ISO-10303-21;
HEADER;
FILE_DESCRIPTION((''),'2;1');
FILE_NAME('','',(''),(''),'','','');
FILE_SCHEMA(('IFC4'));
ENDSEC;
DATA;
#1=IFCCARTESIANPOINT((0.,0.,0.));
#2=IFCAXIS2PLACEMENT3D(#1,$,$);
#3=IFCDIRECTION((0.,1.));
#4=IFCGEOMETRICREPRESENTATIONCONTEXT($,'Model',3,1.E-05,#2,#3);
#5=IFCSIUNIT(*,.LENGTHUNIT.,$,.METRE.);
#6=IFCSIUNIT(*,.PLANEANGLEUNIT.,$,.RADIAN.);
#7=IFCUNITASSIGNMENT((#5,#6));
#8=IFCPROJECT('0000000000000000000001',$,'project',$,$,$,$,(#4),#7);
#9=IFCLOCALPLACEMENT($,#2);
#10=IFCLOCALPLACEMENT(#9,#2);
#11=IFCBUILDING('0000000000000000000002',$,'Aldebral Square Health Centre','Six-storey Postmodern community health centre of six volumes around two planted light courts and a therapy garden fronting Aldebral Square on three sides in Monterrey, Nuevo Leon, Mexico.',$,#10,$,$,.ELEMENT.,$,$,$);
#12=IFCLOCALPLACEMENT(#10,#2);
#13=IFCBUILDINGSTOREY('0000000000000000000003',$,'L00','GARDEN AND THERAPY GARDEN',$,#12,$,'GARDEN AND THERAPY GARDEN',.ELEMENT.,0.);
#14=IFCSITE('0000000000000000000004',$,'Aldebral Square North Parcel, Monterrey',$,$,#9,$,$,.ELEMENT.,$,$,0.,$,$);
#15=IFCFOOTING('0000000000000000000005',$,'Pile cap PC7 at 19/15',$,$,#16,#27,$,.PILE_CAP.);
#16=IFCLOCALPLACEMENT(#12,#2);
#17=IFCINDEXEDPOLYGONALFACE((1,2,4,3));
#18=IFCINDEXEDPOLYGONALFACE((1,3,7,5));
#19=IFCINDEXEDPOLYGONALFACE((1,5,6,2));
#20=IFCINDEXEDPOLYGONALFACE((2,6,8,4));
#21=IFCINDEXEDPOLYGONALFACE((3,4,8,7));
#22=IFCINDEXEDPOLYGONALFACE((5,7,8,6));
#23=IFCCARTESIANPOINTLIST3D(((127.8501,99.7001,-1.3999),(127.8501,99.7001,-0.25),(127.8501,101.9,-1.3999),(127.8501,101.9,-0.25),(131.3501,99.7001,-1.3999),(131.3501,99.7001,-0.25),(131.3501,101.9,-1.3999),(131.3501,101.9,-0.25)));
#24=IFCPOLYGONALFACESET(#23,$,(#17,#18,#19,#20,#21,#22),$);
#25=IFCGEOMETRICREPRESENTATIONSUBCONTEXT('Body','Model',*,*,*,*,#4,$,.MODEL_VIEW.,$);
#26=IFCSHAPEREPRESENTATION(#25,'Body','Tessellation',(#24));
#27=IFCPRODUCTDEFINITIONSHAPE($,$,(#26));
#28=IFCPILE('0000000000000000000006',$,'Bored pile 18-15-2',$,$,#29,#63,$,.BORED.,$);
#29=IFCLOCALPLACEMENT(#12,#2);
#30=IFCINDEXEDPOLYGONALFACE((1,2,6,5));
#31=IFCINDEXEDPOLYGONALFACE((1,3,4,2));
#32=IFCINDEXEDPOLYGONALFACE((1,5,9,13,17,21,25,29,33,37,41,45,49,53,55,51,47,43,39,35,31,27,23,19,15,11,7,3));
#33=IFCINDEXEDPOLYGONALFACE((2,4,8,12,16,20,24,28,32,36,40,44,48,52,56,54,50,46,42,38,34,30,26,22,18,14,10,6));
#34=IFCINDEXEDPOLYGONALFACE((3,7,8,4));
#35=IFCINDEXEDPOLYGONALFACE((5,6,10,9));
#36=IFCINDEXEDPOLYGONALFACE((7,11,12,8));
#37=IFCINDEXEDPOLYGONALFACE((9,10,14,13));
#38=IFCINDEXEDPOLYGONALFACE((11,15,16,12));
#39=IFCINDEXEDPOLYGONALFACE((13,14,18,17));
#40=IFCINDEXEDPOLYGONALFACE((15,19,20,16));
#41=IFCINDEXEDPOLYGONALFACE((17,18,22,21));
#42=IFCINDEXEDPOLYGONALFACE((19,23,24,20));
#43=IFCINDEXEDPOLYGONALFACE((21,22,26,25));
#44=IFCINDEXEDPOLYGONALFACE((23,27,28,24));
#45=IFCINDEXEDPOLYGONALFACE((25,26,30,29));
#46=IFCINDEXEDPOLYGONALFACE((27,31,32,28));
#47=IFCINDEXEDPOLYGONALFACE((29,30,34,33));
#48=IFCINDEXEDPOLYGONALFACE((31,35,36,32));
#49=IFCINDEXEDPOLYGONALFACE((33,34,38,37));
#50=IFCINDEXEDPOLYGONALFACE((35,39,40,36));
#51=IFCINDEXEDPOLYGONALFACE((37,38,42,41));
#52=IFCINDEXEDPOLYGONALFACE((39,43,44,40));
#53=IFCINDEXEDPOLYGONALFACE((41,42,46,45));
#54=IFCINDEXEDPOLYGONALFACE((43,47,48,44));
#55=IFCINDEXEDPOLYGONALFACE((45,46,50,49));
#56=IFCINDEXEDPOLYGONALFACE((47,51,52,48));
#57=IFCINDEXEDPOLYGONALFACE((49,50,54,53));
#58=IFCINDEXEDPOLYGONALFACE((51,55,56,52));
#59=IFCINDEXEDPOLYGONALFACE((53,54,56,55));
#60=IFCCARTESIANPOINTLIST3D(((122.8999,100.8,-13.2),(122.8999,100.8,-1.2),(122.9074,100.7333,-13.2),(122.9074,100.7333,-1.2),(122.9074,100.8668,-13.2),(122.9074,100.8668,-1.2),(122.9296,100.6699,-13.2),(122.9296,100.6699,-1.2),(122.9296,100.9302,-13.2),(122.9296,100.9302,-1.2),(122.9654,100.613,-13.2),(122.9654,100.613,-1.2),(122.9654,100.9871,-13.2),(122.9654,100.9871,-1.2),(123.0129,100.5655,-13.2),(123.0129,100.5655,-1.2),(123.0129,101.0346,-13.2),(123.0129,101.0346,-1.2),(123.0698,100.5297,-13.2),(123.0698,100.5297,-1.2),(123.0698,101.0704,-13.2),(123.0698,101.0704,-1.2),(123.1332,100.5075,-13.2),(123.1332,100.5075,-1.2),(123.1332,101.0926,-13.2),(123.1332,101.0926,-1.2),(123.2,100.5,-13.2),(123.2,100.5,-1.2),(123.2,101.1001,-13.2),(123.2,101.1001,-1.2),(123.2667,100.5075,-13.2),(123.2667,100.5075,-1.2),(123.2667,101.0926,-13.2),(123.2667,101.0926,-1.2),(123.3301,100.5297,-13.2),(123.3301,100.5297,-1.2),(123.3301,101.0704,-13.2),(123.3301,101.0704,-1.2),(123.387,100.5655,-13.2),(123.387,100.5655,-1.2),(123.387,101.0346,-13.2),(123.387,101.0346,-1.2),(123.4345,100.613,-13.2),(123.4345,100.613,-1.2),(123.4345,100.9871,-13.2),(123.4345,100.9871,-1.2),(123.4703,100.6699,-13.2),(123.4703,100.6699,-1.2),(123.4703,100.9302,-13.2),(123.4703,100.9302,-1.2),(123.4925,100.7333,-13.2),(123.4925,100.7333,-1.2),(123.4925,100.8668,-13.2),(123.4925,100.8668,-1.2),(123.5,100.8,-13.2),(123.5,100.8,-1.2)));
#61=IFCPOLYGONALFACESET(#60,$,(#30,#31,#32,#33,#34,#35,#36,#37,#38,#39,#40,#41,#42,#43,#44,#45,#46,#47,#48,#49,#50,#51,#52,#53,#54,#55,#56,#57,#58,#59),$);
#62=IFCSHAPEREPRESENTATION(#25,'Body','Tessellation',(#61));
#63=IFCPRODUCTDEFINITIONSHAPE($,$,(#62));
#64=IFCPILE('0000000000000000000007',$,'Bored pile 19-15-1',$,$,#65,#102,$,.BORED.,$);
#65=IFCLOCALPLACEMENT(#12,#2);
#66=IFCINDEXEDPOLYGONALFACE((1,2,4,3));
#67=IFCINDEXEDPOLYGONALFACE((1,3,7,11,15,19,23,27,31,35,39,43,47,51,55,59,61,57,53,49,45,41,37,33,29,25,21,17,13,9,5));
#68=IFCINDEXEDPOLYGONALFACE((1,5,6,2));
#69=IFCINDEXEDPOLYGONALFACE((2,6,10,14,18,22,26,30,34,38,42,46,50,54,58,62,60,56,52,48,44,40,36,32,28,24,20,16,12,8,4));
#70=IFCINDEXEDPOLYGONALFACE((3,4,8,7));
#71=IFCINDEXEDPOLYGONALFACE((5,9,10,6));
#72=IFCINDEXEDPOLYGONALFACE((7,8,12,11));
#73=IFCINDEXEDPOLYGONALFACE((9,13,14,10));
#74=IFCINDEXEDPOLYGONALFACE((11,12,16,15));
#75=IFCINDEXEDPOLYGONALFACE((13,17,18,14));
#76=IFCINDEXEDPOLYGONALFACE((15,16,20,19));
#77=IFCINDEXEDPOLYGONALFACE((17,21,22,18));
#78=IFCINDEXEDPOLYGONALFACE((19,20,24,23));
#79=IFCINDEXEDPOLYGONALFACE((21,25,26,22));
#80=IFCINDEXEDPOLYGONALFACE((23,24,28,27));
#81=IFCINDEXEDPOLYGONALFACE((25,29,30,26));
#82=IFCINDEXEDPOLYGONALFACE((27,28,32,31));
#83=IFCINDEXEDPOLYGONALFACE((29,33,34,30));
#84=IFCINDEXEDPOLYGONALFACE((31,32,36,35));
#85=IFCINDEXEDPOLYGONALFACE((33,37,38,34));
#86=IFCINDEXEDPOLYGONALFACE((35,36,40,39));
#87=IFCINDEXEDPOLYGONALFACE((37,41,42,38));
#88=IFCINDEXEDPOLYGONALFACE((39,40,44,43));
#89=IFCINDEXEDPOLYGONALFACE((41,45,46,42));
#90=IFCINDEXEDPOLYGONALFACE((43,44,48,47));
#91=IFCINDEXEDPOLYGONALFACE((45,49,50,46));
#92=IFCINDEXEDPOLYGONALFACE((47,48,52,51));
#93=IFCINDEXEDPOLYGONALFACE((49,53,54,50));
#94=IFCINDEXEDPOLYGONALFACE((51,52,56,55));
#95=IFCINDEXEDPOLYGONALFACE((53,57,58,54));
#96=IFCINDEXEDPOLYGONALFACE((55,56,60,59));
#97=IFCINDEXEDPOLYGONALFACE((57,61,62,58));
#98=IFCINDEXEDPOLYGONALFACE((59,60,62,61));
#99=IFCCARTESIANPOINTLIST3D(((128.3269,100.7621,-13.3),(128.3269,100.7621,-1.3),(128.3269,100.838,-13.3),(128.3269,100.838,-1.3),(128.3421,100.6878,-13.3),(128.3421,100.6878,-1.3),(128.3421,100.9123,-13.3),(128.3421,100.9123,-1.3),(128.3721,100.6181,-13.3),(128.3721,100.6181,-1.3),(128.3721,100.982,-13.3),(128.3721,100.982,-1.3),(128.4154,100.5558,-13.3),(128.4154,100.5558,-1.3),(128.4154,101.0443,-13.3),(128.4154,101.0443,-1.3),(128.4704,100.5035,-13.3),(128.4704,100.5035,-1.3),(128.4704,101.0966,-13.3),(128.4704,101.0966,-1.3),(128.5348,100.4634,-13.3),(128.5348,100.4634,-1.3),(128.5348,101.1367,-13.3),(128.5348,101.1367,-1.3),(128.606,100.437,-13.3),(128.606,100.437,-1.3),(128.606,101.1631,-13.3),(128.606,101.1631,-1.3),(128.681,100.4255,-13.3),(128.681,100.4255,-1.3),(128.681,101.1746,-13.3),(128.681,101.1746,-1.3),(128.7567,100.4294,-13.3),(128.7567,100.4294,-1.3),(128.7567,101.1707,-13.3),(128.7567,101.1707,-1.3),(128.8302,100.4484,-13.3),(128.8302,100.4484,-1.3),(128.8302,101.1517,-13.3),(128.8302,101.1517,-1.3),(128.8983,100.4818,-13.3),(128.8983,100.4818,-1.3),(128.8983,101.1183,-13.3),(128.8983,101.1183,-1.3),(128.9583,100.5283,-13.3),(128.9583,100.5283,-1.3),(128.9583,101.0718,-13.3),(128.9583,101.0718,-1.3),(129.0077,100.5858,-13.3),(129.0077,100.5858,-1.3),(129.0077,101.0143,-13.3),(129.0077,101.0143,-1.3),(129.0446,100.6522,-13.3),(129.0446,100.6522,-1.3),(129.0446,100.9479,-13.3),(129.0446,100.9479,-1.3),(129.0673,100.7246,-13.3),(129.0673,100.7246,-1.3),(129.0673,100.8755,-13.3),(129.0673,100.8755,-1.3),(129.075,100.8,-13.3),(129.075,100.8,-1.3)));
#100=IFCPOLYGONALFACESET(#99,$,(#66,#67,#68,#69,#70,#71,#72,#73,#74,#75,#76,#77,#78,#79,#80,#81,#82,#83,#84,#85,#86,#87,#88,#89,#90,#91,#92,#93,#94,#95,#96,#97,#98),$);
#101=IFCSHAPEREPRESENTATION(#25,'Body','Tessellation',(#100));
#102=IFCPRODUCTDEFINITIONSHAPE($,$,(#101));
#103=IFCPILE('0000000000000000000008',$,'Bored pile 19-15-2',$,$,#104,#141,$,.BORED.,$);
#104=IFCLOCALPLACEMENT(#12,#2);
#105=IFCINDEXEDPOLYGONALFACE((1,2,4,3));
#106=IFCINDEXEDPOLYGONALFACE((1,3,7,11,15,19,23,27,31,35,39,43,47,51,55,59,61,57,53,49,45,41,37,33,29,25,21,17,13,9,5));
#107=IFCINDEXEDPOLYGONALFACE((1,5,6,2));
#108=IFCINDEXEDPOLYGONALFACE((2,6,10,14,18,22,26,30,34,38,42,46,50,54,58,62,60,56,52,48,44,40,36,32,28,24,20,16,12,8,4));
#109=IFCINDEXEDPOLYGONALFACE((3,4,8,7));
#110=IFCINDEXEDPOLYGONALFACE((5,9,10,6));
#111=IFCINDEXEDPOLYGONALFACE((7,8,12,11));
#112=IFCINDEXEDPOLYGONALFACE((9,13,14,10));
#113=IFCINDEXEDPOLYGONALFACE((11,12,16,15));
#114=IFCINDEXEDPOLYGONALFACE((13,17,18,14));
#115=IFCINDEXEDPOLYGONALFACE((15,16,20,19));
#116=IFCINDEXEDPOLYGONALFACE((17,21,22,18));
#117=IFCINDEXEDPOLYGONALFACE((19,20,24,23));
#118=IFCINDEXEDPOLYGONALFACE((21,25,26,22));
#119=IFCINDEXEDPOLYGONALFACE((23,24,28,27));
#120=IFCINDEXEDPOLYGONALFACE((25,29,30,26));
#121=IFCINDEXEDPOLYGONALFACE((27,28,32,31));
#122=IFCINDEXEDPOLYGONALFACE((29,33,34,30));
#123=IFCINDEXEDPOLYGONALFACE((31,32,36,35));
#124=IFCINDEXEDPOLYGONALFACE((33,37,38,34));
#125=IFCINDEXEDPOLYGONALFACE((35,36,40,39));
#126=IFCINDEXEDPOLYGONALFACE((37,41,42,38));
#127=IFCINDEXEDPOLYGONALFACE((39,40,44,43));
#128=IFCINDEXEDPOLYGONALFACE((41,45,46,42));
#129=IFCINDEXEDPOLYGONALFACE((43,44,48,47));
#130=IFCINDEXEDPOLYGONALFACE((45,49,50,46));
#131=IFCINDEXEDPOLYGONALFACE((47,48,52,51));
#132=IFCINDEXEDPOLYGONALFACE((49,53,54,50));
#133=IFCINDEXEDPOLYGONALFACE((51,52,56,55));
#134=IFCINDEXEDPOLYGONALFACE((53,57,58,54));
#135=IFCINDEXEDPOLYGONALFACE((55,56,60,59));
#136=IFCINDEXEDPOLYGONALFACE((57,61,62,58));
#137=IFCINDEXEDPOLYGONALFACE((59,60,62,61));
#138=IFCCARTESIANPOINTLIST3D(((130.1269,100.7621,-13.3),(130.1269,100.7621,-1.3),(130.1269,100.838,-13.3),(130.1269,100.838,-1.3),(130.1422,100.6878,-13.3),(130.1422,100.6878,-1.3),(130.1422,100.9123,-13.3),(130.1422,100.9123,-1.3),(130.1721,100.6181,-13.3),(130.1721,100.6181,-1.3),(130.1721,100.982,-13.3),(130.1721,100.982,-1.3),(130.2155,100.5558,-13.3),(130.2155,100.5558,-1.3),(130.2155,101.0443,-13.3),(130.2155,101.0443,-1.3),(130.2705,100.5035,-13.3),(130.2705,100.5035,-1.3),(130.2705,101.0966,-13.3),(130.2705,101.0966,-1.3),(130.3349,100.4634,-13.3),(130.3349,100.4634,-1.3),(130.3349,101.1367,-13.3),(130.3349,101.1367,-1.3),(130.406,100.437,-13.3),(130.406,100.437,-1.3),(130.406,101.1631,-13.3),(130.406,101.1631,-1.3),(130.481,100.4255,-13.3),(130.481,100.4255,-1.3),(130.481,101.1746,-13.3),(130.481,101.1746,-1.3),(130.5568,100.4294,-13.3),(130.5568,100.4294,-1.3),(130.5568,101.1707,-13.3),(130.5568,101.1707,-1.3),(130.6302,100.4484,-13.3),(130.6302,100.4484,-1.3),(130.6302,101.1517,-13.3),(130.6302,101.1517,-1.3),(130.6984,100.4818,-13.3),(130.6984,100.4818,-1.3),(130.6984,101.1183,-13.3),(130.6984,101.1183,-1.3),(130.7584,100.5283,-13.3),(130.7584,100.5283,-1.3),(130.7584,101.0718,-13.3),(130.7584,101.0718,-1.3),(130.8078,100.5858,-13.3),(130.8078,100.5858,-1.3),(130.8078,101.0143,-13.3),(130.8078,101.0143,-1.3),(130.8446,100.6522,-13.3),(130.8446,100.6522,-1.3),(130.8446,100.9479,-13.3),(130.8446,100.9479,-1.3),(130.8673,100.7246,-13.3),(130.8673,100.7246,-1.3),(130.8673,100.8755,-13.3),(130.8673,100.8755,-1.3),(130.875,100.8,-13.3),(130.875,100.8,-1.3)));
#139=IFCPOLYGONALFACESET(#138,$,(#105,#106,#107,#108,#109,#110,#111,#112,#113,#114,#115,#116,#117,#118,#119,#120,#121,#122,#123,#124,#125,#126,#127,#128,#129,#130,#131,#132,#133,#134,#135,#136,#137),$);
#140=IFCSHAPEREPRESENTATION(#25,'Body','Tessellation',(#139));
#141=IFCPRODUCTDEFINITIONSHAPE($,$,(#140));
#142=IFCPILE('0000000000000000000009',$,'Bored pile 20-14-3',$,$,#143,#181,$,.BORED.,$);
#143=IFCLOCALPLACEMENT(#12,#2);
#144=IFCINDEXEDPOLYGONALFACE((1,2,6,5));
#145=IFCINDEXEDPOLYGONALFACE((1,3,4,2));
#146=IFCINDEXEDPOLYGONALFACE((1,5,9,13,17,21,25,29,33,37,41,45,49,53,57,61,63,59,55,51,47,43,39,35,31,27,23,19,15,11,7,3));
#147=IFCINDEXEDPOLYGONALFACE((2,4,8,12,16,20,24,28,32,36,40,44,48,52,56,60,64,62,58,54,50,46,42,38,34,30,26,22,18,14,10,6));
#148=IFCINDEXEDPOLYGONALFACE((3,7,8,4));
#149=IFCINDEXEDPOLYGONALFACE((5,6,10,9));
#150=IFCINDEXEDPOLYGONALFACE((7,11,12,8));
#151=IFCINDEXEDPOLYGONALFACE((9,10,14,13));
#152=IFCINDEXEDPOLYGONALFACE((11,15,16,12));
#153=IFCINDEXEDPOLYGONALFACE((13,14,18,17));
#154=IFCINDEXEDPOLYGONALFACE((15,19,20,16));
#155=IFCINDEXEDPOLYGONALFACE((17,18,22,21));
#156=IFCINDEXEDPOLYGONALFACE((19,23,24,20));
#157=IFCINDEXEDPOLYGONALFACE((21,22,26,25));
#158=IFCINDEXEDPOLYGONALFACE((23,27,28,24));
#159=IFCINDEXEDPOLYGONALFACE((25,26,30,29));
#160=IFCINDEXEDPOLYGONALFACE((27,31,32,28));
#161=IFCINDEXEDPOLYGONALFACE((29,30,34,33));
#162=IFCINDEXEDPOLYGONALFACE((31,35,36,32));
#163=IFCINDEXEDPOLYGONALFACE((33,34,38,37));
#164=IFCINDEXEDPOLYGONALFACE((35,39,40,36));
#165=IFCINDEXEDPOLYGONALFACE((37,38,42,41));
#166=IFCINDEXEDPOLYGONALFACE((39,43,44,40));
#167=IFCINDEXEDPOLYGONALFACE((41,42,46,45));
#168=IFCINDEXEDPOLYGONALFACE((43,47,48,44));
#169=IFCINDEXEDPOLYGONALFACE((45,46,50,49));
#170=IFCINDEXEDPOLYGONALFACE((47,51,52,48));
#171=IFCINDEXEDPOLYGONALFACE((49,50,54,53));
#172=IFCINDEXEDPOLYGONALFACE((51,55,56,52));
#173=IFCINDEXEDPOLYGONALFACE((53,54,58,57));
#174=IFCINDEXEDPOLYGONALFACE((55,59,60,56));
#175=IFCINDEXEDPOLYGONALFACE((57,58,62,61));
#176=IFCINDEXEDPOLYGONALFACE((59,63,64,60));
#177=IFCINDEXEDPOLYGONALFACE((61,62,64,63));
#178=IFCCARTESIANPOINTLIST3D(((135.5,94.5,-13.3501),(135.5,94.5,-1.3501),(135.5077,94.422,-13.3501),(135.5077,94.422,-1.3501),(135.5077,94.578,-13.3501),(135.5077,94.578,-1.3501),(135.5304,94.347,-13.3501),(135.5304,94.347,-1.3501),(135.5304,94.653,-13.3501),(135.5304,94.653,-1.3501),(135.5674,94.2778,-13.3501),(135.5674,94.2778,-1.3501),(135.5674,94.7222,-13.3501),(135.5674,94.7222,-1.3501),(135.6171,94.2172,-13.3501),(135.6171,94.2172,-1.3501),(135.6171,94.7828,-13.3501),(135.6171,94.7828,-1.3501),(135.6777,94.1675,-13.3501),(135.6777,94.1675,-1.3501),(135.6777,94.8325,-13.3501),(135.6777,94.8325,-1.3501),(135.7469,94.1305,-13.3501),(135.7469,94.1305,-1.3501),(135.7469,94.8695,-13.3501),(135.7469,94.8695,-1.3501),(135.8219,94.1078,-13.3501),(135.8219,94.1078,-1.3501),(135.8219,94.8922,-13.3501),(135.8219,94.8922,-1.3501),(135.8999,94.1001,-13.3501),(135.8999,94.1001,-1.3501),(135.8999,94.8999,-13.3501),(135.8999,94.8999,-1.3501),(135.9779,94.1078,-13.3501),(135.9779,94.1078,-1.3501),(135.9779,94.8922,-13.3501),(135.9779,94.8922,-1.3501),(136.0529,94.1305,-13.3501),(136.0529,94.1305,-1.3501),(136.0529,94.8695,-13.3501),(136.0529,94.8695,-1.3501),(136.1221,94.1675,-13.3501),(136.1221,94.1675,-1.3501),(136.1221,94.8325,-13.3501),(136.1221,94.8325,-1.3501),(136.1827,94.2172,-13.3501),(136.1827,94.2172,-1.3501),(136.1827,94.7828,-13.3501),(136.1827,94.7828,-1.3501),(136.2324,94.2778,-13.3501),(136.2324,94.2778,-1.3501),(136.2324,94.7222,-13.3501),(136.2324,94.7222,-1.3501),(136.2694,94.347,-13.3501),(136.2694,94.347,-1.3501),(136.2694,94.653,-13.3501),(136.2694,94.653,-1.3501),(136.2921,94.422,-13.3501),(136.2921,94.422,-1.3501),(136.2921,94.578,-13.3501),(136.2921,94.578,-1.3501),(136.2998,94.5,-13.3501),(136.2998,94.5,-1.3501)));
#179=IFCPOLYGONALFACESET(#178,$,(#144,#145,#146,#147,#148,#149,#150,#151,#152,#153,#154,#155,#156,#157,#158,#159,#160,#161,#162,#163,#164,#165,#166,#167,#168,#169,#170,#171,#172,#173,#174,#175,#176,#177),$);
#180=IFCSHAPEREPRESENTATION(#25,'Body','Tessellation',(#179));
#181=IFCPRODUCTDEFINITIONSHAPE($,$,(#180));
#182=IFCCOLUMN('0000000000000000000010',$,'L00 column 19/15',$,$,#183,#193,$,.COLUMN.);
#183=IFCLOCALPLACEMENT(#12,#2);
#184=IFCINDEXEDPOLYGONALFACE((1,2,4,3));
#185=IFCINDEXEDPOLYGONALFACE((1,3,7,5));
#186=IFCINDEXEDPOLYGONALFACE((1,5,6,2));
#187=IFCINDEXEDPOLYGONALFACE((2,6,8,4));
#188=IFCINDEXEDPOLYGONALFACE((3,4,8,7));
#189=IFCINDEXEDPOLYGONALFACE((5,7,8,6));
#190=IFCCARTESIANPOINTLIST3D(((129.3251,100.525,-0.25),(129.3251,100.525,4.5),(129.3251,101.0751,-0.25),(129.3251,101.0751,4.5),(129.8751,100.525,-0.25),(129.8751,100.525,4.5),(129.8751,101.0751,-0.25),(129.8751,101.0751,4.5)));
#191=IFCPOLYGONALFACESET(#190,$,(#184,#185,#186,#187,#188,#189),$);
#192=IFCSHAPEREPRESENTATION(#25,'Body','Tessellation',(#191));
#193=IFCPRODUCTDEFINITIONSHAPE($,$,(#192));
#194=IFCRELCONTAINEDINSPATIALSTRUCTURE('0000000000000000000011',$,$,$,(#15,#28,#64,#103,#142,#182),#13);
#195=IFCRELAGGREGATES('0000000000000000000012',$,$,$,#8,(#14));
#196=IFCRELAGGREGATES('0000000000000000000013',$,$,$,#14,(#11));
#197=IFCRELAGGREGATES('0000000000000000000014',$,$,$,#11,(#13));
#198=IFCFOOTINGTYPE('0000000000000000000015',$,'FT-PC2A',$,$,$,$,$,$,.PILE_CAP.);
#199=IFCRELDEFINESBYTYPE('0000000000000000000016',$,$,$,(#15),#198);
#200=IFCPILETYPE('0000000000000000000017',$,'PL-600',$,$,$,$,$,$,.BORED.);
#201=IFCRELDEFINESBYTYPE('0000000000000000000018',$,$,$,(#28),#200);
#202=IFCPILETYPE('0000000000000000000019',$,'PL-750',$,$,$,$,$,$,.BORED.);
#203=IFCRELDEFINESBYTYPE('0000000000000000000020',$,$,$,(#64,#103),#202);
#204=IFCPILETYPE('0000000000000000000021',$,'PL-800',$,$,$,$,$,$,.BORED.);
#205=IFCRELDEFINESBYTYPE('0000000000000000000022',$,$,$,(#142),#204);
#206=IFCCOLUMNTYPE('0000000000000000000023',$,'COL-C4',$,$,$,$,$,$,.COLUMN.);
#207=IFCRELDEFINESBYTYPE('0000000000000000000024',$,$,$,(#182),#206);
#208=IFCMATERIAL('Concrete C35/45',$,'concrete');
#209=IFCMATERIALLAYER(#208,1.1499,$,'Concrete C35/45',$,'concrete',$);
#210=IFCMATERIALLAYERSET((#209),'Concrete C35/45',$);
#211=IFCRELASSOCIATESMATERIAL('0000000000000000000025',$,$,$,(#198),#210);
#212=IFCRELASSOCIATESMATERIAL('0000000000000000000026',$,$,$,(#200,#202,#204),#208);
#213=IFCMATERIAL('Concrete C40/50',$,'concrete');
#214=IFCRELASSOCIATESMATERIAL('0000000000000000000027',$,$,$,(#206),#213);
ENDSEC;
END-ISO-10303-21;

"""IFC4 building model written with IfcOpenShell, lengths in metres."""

from ifc_helpers import new_model, si_unit, direction, frame, origin, origin_2d, place, context, subcontext, project, spatial, rectangle, circle, extrude, material, layer, layer_set, material_profile, profile_set, type_object, element, save


model = new_model("IFC4")

# Units and contexts
model_context = context("Model", 3, precision=1e-05, world=origin(), true_north=direction((0.0, 1.0)))
body_context = subcontext(model_context, "Body", "Model", "MODEL_VIEW")
ifc_project = project(units=[si_unit("LENGTHUNIT", "METRE"), si_unit("PLANEANGLEUNIT", "RADIAN")], contexts=[model_context])

# Site, building, storey
site_placement = place(None, origin())
site = spatial("IfcSite", under=ifc_project, at=site_placement, Name="Aldebral Square North Parcel, Monterrey", CompositionType="ELEMENT", RefElevation=0.0)
building_placement = place(site_placement, origin())
building = spatial("IfcBuilding", under=site, at=building_placement, Name="Aldebral Square Health Centre", Description="Six-storey Postmodern community health centre of six volumes around two planted light courts and a therapy garden fronting Aldebral Square on three sides in Monterrey, Nuevo Leon, Mexico.", CompositionType="ELEMENT")
storey_placement = place(building_placement, origin())
storey = spatial("IfcBuildingStorey", under=building, at=storey_placement, Name="L00", Description="GARDEN AND THERAPY GARDEN", LongName="GARDEN AND THERAPY GARDEN", CompositionType="ELEMENT", Elevation=0.0)

# Footing
ifc_material_1 = material(Name="Concrete C35/45", Category="concrete")
ifc_layer_1 = layer(ifc_material_1, 1.1499, Name="Concrete C35/45", Category="concrete")
ifc_layer_set_1 = layer_set([ifc_layer_1], Name="Concrete C35/45")
footing_type = type_object("IfcFootingType", Name="FT-PC2A", PredefinedType="PILE_CAP", material=ifc_layer_set_1)
footing_placement = place(storey_placement, frame((129.6001, 100.8, -1.3999), z_axis=(0.0, 0.0, 1.0), x_axis=(1.0, 0.0, 0.0)))
element("IfcFooting", 1, at=footing_placement, inside=storey, type_object=footing_type, Name="Pile cap PC7 at 19/15", PredefinedType="PILE_CAP", context=body_context, shape_type="SweptSolid", body=[
    extrude(rectangle(XDim=3.5, YDim=2.2, at=origin_2d()), origin(), (0.0, 0.0, 1.0), 1.1499),
])

# Piles
ifc_material_profile_1 = material_profile(ifc_material_1, circle(Radius=0.3, at=origin_2d()), Name="PILE D600")
ifc_profile_set_1 = profile_set([ifc_material_profile_1], Name="Concrete C35/45")
pile_type_1 = type_object("IfcPileType", Name="PL-600", PredefinedType="BORED", material=ifc_profile_set_1)
pile_1_placement = place(storey_placement, frame((123.2, 100.8, -1.2), z_axis=(0.0, 0.0, -1.0), x_axis=(1.0, 0.0, 0.0)))
element("IfcPile", 2, at=pile_1_placement, inside=storey, type_object=pile_type_1, Name="Bored pile 18-15-2", PredefinedType="BORED", context=body_context, shape_type="SweptSolid", body=[
    extrude(circle(Radius=0.3, at=origin_2d()), origin(), (0.0, 0.0, 1.0), 12.0),
])
ifc_material_profile_2 = material_profile(ifc_material_1, circle(Radius=0.375, at=origin_2d()), Name="PILE D750")
ifc_profile_set_2 = profile_set([ifc_material_profile_2], Name="Concrete C35/45")
pile_type_2 = type_object("IfcPileType", Name="PL-750", PredefinedType="BORED", material=ifc_profile_set_2)
for number, where, z_axis, x_axis, name in (
    (3, (128.7, 100.8, -1.3), (0.0, 0.0, -1.0), (1.0, 0.0, 0.0), "Bored pile 19-15-1"),
    (4, (130.5, 100.8, -1.3), (0.0, 0.0, -1.0), (1.0, 0.0, 0.0), "Bored pile 19-15-2"),
):
    element("IfcPile", number, at=place(storey_placement, frame(where, z_axis=z_axis, x_axis=x_axis)), inside=storey, type_object=pile_type_2, Name=name, PredefinedType="BORED", context=body_context, shape_type="SweptSolid", body=[
        extrude(circle(Radius=0.375, at=origin_2d()), origin(), (0.0, 0.0, 1.0), 12.0),
    ])
ifc_material_profile_3 = material_profile(ifc_material_1, circle(Radius=0.3999, at=origin_2d()), Name="PILE D800")
ifc_profile_set_3 = profile_set([ifc_material_profile_3], Name="Concrete C35/45")
pile_type_3 = type_object("IfcPileType", Name="PL-800", PredefinedType="BORED", material=ifc_profile_set_3)
pile_2_placement = place(storey_placement, frame((135.8999, 94.5, -1.3501), z_axis=(0.0, 0.0, -1.0), x_axis=(1.0, 0.0, 0.0)))
element("IfcPile", 5, at=pile_2_placement, inside=storey, type_object=pile_type_3, Name="Bored pile 20-14-3", PredefinedType="BORED", context=body_context, shape_type="SweptSolid", body=[
    extrude(circle(Radius=0.3999, at=origin_2d()), origin(), (0.0, 0.0, 1.0), 12.0),
])

# Column
ifc_material_2 = material(Name="Concrete C40/50", Category="concrete")
ifc_material_profile_4 = material_profile(ifc_material_2, rectangle(XDim=0.55, YDim=0.55, at=origin_2d()), Name="RC 550x550")
ifc_profile_set_4 = profile_set([ifc_material_profile_4], Name="Concrete C40/50")
column_type = type_object("IfcColumnType", Name="COL-C4", PredefinedType="COLUMN", material=ifc_profile_set_4)
column_placement = place(storey_placement, frame((129.6001, 100.8, -0.25), z_axis=(0.0, 0.0, 1.0), x_axis=(1.0, 0.0, 0.0)))
element("IfcColumn", 6, at=column_placement, inside=storey, type_object=column_type, Name="L00 column 19/15", PredefinedType="COLUMN", context=body_context, shape_type="SweptSolid", body=[
    extrude(rectangle(XDim=0.55, YDim=0.55, at=origin_2d()), origin(), (0.0, 0.0, 1.0), 4.75),
])

save(model, "model.ifc")
